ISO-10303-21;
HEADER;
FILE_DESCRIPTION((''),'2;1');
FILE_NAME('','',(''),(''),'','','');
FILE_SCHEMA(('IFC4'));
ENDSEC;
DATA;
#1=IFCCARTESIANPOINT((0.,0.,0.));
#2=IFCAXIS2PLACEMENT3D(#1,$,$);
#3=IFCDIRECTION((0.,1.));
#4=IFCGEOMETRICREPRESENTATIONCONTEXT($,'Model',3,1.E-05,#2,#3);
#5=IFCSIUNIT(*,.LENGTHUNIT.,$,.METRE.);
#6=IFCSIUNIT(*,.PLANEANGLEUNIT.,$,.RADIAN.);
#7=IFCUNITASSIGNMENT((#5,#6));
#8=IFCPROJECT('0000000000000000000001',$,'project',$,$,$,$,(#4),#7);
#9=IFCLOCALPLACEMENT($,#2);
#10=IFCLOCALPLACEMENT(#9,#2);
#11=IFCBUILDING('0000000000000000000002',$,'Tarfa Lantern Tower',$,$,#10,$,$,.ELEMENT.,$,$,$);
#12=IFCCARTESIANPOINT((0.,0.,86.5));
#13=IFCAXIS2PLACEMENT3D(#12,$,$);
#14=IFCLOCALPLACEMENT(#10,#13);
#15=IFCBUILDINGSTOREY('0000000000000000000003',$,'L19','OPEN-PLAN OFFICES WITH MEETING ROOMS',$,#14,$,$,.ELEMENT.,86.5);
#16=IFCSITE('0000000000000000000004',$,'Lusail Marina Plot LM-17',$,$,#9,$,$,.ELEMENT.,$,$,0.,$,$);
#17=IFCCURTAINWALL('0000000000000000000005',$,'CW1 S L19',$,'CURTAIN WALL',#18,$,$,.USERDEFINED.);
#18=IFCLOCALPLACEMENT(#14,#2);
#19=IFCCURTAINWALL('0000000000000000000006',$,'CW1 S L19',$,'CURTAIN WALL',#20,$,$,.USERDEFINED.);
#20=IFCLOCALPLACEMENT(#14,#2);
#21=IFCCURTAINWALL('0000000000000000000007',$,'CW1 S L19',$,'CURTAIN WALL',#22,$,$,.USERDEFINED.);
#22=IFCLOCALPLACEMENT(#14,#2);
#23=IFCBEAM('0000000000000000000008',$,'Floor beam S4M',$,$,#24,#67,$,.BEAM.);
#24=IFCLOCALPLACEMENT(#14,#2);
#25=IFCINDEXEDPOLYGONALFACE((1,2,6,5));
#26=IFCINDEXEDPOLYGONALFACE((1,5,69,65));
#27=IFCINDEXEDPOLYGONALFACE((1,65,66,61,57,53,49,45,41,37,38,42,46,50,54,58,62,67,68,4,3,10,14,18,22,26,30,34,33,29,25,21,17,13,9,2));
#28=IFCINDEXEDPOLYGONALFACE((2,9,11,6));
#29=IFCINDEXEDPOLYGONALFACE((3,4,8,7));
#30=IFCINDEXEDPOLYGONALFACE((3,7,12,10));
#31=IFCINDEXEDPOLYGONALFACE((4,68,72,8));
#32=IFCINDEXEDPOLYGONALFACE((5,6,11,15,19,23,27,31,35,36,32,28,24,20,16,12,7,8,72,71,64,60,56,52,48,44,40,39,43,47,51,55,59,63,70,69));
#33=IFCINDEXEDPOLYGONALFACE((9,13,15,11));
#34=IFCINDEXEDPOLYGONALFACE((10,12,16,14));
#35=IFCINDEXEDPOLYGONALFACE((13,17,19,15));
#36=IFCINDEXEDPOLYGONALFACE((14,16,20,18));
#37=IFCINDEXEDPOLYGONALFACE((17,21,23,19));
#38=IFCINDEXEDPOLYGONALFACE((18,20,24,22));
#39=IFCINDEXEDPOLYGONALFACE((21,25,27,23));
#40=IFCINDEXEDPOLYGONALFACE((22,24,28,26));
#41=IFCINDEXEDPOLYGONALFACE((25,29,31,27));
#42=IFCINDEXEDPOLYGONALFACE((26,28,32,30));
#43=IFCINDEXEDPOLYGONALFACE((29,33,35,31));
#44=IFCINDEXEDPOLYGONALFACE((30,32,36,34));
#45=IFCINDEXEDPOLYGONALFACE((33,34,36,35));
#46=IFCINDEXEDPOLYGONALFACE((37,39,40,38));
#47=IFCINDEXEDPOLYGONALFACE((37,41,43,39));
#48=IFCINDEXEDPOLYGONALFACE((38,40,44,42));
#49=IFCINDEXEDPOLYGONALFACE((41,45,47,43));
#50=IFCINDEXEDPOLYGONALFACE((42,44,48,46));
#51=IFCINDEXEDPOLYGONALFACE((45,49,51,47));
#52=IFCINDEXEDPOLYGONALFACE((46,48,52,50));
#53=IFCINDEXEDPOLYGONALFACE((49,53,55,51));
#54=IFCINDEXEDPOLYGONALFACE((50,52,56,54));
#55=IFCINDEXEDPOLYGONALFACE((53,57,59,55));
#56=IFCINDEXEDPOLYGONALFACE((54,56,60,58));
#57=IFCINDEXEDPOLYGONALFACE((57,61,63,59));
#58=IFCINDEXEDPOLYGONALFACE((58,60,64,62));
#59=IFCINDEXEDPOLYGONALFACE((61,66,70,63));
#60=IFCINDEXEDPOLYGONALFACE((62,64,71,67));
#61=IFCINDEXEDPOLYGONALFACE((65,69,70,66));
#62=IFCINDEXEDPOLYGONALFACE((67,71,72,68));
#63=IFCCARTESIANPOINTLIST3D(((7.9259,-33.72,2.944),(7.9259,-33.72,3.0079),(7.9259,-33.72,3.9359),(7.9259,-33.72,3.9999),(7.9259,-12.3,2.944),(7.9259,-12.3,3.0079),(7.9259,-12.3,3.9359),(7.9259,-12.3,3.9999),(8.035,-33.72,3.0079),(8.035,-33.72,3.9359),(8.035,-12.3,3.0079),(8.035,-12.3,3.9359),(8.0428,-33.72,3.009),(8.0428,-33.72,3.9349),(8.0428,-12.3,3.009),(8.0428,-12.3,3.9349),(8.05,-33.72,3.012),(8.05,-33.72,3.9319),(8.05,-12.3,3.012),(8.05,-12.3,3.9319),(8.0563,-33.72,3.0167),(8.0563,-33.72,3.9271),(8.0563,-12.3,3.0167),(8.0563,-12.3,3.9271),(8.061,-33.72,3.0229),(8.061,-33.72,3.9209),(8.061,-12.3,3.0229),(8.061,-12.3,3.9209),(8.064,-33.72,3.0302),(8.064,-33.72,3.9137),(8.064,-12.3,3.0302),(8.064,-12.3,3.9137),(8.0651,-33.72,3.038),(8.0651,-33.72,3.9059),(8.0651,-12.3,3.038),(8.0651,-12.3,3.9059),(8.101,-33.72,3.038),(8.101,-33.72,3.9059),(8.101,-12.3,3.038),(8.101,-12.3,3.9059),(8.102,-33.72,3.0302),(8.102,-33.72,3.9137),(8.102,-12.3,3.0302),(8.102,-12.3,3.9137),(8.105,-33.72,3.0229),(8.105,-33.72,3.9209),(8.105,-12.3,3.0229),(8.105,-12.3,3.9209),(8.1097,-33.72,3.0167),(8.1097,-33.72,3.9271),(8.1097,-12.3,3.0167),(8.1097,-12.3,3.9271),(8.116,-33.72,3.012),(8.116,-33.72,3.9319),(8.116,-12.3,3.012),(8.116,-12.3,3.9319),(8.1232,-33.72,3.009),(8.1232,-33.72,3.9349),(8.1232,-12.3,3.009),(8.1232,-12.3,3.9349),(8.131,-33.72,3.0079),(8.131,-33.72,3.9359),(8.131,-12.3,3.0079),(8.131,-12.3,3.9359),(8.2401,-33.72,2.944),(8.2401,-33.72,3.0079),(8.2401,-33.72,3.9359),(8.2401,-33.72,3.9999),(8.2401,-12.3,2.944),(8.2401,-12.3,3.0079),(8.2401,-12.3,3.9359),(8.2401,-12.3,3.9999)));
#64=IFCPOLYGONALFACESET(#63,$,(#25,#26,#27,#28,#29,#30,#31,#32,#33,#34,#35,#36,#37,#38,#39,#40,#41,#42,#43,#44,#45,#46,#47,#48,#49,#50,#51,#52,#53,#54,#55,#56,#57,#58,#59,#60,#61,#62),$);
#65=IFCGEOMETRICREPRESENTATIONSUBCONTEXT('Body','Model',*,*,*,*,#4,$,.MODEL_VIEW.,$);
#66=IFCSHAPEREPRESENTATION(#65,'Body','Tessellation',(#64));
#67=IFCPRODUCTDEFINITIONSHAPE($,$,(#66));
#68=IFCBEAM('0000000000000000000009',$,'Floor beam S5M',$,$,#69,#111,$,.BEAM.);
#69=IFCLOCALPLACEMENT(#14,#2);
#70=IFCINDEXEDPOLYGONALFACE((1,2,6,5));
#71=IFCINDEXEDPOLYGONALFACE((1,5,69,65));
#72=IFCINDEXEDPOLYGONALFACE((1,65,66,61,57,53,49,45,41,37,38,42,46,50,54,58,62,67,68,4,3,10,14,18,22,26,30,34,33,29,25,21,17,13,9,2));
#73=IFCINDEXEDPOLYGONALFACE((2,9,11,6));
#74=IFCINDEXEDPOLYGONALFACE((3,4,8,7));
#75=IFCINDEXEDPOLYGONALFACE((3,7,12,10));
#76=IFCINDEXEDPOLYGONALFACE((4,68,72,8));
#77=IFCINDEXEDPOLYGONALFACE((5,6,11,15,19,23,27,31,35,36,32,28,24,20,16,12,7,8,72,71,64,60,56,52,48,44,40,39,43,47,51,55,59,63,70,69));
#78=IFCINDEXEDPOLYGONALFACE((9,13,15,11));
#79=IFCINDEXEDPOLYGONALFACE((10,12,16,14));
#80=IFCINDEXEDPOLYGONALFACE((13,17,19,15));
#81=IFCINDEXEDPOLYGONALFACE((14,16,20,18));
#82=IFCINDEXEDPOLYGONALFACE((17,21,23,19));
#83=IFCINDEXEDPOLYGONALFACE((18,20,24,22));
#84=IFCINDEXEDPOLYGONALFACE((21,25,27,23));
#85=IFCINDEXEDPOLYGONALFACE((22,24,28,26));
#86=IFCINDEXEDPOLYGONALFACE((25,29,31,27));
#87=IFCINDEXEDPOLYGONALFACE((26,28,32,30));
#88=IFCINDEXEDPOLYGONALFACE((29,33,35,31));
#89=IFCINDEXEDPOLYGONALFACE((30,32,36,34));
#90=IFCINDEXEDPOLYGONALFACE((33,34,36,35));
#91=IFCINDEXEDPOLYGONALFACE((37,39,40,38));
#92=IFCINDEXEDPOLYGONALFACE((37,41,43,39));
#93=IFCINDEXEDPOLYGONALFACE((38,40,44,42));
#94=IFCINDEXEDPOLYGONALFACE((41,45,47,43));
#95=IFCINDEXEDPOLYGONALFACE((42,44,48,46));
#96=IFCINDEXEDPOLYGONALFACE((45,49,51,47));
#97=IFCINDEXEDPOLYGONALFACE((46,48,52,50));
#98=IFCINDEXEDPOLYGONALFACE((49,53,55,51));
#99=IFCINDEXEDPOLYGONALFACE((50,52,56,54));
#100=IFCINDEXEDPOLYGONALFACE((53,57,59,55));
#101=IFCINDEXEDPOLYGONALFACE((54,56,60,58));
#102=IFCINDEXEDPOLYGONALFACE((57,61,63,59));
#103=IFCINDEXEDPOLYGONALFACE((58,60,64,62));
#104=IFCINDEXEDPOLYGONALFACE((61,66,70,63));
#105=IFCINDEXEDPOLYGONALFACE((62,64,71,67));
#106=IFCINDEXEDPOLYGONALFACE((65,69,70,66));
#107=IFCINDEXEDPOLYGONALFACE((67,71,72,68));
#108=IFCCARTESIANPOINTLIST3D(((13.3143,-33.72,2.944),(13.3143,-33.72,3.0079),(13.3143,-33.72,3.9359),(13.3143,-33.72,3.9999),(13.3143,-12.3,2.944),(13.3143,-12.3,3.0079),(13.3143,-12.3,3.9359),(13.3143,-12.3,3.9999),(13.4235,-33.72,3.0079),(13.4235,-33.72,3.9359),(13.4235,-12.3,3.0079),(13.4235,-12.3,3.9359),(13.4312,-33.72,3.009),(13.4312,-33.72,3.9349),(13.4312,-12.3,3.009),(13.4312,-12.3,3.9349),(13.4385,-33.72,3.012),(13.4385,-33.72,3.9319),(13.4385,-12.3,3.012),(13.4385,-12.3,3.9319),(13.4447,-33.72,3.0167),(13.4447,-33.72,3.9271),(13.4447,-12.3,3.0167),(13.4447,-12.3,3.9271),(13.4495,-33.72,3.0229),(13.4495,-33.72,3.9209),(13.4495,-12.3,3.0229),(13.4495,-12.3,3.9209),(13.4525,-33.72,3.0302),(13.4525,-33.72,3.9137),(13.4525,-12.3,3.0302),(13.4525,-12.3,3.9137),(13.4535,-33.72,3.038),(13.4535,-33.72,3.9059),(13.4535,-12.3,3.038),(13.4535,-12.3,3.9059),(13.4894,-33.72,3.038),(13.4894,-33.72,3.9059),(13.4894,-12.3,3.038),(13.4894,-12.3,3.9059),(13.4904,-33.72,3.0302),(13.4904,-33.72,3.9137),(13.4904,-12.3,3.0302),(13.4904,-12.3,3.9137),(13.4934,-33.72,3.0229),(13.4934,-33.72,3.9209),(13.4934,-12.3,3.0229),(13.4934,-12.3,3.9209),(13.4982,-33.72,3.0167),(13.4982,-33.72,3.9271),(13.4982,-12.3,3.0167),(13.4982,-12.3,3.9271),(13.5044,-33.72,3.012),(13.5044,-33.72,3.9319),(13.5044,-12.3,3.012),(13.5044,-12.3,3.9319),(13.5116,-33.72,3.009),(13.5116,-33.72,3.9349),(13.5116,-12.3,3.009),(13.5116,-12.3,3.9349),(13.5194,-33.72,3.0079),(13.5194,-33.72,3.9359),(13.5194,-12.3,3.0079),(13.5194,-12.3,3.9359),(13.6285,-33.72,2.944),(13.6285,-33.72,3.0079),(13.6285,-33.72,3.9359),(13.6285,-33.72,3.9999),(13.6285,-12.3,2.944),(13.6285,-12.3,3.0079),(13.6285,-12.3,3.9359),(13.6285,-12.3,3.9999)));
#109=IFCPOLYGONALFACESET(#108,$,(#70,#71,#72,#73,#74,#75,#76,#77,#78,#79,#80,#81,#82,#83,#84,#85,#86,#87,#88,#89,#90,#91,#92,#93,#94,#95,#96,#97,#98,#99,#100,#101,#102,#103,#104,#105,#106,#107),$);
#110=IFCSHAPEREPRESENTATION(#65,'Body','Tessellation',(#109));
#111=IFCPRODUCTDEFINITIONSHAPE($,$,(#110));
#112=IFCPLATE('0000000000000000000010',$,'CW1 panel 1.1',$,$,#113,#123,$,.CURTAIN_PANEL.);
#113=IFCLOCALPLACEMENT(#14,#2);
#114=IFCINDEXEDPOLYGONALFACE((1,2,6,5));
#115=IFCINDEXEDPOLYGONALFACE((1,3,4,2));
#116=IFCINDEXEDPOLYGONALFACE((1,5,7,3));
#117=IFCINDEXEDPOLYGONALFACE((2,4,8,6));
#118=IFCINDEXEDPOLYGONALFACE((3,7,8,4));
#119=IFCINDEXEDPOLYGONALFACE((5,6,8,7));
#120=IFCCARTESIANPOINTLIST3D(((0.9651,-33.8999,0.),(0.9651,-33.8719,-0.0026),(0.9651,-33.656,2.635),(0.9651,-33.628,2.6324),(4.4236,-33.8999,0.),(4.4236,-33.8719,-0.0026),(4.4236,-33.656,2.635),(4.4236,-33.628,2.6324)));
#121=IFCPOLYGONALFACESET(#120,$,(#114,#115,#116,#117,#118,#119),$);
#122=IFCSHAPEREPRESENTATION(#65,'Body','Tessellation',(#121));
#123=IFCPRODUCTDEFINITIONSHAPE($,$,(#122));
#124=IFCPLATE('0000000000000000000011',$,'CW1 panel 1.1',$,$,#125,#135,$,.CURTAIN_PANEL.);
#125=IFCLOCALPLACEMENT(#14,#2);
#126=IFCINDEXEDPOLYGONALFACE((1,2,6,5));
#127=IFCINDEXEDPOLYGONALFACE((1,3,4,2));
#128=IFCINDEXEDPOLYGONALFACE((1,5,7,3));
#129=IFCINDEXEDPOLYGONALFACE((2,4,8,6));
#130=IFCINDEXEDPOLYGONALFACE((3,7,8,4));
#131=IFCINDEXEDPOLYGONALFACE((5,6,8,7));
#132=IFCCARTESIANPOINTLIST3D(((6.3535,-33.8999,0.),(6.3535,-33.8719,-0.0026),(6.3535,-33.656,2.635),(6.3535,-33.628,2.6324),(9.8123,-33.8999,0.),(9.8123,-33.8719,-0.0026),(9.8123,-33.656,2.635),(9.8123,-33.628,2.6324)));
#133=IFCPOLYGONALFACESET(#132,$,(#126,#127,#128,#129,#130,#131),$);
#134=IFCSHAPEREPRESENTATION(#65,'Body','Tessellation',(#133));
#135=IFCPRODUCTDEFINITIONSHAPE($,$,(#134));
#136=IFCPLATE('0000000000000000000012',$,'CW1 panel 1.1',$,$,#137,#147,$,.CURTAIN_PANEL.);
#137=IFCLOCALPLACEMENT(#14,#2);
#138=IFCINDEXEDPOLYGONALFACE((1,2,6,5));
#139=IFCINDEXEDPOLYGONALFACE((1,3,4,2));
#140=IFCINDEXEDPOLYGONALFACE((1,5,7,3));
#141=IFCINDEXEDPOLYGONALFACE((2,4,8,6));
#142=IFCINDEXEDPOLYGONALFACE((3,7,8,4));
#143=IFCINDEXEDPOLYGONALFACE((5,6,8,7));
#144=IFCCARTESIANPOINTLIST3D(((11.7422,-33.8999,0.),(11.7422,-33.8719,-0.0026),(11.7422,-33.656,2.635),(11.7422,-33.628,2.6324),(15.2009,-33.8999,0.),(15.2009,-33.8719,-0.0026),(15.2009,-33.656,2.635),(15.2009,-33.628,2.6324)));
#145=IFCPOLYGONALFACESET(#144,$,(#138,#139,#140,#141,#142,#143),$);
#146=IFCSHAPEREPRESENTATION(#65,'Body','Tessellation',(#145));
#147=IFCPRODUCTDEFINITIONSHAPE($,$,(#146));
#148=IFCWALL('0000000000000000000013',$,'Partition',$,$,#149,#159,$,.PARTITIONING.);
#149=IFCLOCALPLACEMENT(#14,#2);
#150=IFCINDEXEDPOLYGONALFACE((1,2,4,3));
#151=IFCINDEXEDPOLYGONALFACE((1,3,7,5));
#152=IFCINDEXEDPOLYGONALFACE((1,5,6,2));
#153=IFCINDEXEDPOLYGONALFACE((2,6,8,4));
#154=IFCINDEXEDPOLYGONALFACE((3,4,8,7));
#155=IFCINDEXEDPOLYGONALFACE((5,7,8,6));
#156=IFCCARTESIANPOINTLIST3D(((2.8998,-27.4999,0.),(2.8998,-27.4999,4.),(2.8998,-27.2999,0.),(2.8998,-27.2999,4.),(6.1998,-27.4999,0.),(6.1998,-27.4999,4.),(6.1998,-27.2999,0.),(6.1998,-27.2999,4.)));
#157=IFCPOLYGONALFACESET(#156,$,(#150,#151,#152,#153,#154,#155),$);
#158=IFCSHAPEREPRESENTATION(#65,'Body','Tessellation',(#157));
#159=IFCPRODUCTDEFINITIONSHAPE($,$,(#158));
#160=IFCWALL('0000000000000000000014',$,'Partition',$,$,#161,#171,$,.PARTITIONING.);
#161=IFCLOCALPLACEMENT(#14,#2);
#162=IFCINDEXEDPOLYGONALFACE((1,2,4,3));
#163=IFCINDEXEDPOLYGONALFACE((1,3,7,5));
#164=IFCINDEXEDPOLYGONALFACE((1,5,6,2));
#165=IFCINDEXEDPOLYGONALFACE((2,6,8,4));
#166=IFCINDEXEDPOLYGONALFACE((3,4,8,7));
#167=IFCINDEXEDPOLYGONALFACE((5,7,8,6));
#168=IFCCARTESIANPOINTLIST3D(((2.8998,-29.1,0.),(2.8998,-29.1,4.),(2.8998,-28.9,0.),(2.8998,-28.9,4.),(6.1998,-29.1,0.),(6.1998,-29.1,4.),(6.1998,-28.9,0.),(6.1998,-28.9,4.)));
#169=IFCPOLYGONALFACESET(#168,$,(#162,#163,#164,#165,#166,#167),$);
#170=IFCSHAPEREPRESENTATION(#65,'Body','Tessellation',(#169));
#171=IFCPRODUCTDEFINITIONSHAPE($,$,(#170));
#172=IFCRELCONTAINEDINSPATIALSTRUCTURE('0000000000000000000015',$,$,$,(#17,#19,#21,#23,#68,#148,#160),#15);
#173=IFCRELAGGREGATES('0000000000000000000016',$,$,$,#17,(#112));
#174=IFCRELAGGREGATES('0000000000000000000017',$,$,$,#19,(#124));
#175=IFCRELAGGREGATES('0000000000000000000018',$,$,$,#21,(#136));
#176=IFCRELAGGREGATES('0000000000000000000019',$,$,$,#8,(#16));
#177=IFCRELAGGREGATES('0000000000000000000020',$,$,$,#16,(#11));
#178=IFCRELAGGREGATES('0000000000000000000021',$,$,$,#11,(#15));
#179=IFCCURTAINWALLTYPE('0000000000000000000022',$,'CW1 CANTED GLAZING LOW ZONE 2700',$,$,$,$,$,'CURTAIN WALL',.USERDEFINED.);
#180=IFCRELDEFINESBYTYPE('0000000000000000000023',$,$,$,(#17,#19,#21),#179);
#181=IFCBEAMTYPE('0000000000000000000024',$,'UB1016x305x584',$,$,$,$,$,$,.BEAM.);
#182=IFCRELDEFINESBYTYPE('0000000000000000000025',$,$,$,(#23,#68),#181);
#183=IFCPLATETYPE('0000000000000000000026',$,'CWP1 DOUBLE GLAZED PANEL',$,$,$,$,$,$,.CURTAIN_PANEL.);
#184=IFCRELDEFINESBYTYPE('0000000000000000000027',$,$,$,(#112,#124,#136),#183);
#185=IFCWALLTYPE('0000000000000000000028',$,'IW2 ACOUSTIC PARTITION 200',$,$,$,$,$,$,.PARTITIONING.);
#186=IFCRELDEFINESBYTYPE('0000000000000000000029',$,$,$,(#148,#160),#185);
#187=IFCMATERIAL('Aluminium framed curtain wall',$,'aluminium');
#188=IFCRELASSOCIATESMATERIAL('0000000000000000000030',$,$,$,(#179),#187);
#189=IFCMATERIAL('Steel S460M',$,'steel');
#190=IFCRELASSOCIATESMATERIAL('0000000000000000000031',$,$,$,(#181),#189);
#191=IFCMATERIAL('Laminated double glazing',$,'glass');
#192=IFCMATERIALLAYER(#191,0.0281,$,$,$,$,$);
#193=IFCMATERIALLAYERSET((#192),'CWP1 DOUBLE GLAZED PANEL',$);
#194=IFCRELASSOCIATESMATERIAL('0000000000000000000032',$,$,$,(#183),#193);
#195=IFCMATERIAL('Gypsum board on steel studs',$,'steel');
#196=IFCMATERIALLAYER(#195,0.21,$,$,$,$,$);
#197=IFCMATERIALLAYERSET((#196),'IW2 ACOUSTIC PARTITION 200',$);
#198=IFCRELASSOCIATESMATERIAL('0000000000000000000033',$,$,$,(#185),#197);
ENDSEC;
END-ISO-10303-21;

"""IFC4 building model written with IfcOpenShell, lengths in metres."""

from ifc_helpers import new_model, si_unit, direction, frame, frame_2d, origin, origin_2d, place, context, subcontext, project, spatial, polyline, rectangle, i_section, outline, extrude, material, layer, layer_set, material_profile, profile_set, type_object, element, aggregate, save


model = new_model("IFC4")

# Units and contexts
model_context = context("Model", 3, precision=1e-05, world=origin(), true_north=direction((0.0, 1.0)))
body_context = subcontext(model_context, "Body", "Model", "MODEL_VIEW")
ifc_project = project(units=[si_unit("LENGTHUNIT", "METRE"), si_unit("PLANEANGLEUNIT", "RADIAN")], contexts=[model_context])

# Site, building, storey
site_placement = place(None, origin())
site = spatial("IfcSite", under=ifc_project, at=site_placement, Name="Lusail Marina Plot LM-17", CompositionType="ELEMENT", RefElevation=0.0)
building_placement = place(site_placement, origin())
building = spatial("IfcBuilding", under=site, at=building_placement, Name="Tarfa Lantern Tower", CompositionType="ELEMENT")
storey_placement = place(building_placement, frame((0.0, 0.0, 86.5)))
storey = spatial("IfcBuildingStorey", under=building, at=storey_placement, Name="L19", Description="OPEN-PLAN OFFICES WITH MEETING ROOMS", CompositionType="ELEMENT", Elevation=86.5)

# Curtain walls
ifc_material_1 = material(Name="Aluminium framed curtain wall", Category="aluminium")
curtain_wall_type = type_object("IfcCurtainWallType", Name="CW1 CANTED GLAZING LOW ZONE 2700", ElementType="CURTAIN WALL", PredefinedType="USERDEFINED", material=ifc_material_1)
curtain_wall_1_placement = place(storey_placement, origin())
curtain_wall_1 = element("IfcCurtainWall", 1, at=curtain_wall_1_placement, inside=storey, type_object=curtain_wall_type, Name="CW1 S L19", ObjectType="CURTAIN WALL", PredefinedType="USERDEFINED")
curtain_wall_2_placement = place(storey_placement, origin())
curtain_wall_2 = element("IfcCurtainWall", 2, at=curtain_wall_2_placement, inside=storey, type_object=curtain_wall_type, Name="CW1 S L19", ObjectType="CURTAIN WALL", PredefinedType="USERDEFINED")

# Curtain wall
curtain_wall_3_placement = place(storey_placement, origin())
curtain_wall_3 = element("IfcCurtainWall", 3, at=curtain_wall_3_placement, inside=storey, type_object=curtain_wall_type, Name="CW1 S L19", ObjectType="CURTAIN WALL", PredefinedType="USERDEFINED")

# Beams
ifc_material_2 = material(Name="Steel S460M", Category="steel")
ifc_material_profile_1 = material_profile(ifc_material_2, i_section(OverallWidth=0.3142, OverallDepth=1.0559, WebThickness=0.0359, FlangeThickness=0.064, FilletRadius=0.03, at=origin_2d()), Name="UB1016x305x584")
ifc_profile_set_1 = profile_set([ifc_material_profile_1], Name="Steel S460M")
beam_type_1 = type_object("IfcBeamType", Name="UB1016x305x584", PredefinedType="BEAM", material=ifc_profile_set_1)
for number, where, z_axis, x_axis, name in (
    (4, (8.083, -33.72, 3.4719), (0.0, 1.0, 0.0), (-1.0, 0.0, 0.0), "Floor beam S4M"),
    (5, (13.4714, -33.72, 3.4719), (0.0, 1.0, 0.0), (-1.0, 0.0, 0.0), "Floor beam S5M"),
):
    element("IfcBeam", number, at=place(storey_placement, frame(where, z_axis=z_axis, x_axis=x_axis)), inside=storey, type_object=beam_type_1, Name=name, PredefinedType="BEAM", context=body_context, shape_type="SweptSolid", body=[
        extrude(i_section(OverallWidth=0.3142, OverallDepth=1.0559, WebThickness=0.0359, FlangeThickness=0.064, FilletRadius=0.03, at=origin_2d()), origin(), (0.0, 0.0, 1.0), 21.4199),
    ])

# Plates
ifc_material_3 = material(Name="Laminated double glazing", Category="glass")
ifc_layer_1 = layer(ifc_material_3, 0.0281)
ifc_layer_set_1 = layer_set([ifc_layer_1], Name="CWP1 DOUBLE GLAZED PANEL")
plate_type = type_object("IfcPlateType", Name="CWP1 DOUBLE GLAZED PANEL", PredefinedType="CURTAIN_PANEL", material=ifc_layer_set_1)
plate_1_placement = place(storey_placement, frame((0.9651, -33.8999, 0.0), z_axis=(0.0, -0.995744, 0.092166), x_axis=(1.0, 0.0, 0.0)))
plate_1 = element("IfcPlate", 6, at=plate_1_placement, type_object=plate_type, Name="CW1 panel 1.1", PredefinedType="CURTAIN_PANEL", context=body_context, shape_type="SweptSolid", body=[
    extrude(outline(polyline([(0.0, 0.0), (3.4585, 0.0), (3.4585, 2.6463), (0.0, 2.6463), (0.0, 0.0)])), origin(), (0.0, 0.0, -1.0), 0.0281),
])
aggregate(curtain_wall_1, [plate_1])
plate_2_placement = place(storey_placement, frame((6.3535, -33.8999, 0.0), z_axis=(0.0, -0.995744, 0.092166), x_axis=(1.0, 0.0, 0.0)))
plate_2 = element("IfcPlate", 7, at=plate_2_placement, type_object=plate_type, Name="CW1 panel 1.1", PredefinedType="CURTAIN_PANEL", context=body_context, shape_type="SweptSolid", body=[
    extrude(outline(polyline([(0.0, 0.0), (3.4587, 0.0), (3.4587, 2.6463), (0.0, 2.6463), (0.0, 0.0)])), origin(), (0.0, 0.0, -1.0), 0.0281),
])
aggregate(curtain_wall_2, [plate_2])
plate_3_placement = place(storey_placement, frame((11.7422, -33.8999, 0.0), z_axis=(0.0, -0.995744, 0.092166), x_axis=(1.0, 0.0, 0.0)))
plate_3 = element("IfcPlate", 8, at=plate_3_placement, type_object=plate_type, Name="CW1 panel 1.1", PredefinedType="CURTAIN_PANEL", context=body_context, shape_type="SweptSolid", body=[
    extrude(outline(polyline([(0.0, 0.0), (3.4587, 0.0), (3.4587, 2.6463), (0.0, 2.6463), (0.0, 0.0)])), origin(), (0.0, 0.0, -1.0), 0.0281),
])
aggregate(curtain_wall_3, [plate_3])

# Walls
ifc_material_4 = material(Name="Gypsum board on steel studs", Category="steel")
ifc_layer_2 = layer(ifc_material_4, 0.21)
ifc_layer_set_2 = layer_set([ifc_layer_2], Name="IW2 ACOUSTIC PARTITION 200")
wall_type = type_object("IfcWallType", Name="IW2 ACOUSTIC PARTITION 200", PredefinedType="PARTITIONING", material=ifc_layer_set_2)
for number, where, z_axis, x_axis, name in (
    (9, (2.8999, -27.3999, 0.0), (0.0, 0.0, 1.0), (1.0, 0.0, 0.0), "Partition"),
    (10, (2.8999, -29.0, 0.0), (0.0, 0.0, 1.0), (1.0, 0.0, 0.0), "Partition"),
):
    element("IfcWall", number, at=place(storey_placement, frame(where, z_axis=z_axis, x_axis=x_axis)), inside=storey, type_object=wall_type, Name=name, PredefinedType="PARTITIONING", context=body_context, shape_type="SweptSolid", body=[
        extrude(rectangle(XDim=3.3, YDim=0.2, at=frame_2d((1.6499, 0.0))), origin(), (0.0, 0.0, 1.0), 4.0),
    ])

save(model, "model.ifc")
